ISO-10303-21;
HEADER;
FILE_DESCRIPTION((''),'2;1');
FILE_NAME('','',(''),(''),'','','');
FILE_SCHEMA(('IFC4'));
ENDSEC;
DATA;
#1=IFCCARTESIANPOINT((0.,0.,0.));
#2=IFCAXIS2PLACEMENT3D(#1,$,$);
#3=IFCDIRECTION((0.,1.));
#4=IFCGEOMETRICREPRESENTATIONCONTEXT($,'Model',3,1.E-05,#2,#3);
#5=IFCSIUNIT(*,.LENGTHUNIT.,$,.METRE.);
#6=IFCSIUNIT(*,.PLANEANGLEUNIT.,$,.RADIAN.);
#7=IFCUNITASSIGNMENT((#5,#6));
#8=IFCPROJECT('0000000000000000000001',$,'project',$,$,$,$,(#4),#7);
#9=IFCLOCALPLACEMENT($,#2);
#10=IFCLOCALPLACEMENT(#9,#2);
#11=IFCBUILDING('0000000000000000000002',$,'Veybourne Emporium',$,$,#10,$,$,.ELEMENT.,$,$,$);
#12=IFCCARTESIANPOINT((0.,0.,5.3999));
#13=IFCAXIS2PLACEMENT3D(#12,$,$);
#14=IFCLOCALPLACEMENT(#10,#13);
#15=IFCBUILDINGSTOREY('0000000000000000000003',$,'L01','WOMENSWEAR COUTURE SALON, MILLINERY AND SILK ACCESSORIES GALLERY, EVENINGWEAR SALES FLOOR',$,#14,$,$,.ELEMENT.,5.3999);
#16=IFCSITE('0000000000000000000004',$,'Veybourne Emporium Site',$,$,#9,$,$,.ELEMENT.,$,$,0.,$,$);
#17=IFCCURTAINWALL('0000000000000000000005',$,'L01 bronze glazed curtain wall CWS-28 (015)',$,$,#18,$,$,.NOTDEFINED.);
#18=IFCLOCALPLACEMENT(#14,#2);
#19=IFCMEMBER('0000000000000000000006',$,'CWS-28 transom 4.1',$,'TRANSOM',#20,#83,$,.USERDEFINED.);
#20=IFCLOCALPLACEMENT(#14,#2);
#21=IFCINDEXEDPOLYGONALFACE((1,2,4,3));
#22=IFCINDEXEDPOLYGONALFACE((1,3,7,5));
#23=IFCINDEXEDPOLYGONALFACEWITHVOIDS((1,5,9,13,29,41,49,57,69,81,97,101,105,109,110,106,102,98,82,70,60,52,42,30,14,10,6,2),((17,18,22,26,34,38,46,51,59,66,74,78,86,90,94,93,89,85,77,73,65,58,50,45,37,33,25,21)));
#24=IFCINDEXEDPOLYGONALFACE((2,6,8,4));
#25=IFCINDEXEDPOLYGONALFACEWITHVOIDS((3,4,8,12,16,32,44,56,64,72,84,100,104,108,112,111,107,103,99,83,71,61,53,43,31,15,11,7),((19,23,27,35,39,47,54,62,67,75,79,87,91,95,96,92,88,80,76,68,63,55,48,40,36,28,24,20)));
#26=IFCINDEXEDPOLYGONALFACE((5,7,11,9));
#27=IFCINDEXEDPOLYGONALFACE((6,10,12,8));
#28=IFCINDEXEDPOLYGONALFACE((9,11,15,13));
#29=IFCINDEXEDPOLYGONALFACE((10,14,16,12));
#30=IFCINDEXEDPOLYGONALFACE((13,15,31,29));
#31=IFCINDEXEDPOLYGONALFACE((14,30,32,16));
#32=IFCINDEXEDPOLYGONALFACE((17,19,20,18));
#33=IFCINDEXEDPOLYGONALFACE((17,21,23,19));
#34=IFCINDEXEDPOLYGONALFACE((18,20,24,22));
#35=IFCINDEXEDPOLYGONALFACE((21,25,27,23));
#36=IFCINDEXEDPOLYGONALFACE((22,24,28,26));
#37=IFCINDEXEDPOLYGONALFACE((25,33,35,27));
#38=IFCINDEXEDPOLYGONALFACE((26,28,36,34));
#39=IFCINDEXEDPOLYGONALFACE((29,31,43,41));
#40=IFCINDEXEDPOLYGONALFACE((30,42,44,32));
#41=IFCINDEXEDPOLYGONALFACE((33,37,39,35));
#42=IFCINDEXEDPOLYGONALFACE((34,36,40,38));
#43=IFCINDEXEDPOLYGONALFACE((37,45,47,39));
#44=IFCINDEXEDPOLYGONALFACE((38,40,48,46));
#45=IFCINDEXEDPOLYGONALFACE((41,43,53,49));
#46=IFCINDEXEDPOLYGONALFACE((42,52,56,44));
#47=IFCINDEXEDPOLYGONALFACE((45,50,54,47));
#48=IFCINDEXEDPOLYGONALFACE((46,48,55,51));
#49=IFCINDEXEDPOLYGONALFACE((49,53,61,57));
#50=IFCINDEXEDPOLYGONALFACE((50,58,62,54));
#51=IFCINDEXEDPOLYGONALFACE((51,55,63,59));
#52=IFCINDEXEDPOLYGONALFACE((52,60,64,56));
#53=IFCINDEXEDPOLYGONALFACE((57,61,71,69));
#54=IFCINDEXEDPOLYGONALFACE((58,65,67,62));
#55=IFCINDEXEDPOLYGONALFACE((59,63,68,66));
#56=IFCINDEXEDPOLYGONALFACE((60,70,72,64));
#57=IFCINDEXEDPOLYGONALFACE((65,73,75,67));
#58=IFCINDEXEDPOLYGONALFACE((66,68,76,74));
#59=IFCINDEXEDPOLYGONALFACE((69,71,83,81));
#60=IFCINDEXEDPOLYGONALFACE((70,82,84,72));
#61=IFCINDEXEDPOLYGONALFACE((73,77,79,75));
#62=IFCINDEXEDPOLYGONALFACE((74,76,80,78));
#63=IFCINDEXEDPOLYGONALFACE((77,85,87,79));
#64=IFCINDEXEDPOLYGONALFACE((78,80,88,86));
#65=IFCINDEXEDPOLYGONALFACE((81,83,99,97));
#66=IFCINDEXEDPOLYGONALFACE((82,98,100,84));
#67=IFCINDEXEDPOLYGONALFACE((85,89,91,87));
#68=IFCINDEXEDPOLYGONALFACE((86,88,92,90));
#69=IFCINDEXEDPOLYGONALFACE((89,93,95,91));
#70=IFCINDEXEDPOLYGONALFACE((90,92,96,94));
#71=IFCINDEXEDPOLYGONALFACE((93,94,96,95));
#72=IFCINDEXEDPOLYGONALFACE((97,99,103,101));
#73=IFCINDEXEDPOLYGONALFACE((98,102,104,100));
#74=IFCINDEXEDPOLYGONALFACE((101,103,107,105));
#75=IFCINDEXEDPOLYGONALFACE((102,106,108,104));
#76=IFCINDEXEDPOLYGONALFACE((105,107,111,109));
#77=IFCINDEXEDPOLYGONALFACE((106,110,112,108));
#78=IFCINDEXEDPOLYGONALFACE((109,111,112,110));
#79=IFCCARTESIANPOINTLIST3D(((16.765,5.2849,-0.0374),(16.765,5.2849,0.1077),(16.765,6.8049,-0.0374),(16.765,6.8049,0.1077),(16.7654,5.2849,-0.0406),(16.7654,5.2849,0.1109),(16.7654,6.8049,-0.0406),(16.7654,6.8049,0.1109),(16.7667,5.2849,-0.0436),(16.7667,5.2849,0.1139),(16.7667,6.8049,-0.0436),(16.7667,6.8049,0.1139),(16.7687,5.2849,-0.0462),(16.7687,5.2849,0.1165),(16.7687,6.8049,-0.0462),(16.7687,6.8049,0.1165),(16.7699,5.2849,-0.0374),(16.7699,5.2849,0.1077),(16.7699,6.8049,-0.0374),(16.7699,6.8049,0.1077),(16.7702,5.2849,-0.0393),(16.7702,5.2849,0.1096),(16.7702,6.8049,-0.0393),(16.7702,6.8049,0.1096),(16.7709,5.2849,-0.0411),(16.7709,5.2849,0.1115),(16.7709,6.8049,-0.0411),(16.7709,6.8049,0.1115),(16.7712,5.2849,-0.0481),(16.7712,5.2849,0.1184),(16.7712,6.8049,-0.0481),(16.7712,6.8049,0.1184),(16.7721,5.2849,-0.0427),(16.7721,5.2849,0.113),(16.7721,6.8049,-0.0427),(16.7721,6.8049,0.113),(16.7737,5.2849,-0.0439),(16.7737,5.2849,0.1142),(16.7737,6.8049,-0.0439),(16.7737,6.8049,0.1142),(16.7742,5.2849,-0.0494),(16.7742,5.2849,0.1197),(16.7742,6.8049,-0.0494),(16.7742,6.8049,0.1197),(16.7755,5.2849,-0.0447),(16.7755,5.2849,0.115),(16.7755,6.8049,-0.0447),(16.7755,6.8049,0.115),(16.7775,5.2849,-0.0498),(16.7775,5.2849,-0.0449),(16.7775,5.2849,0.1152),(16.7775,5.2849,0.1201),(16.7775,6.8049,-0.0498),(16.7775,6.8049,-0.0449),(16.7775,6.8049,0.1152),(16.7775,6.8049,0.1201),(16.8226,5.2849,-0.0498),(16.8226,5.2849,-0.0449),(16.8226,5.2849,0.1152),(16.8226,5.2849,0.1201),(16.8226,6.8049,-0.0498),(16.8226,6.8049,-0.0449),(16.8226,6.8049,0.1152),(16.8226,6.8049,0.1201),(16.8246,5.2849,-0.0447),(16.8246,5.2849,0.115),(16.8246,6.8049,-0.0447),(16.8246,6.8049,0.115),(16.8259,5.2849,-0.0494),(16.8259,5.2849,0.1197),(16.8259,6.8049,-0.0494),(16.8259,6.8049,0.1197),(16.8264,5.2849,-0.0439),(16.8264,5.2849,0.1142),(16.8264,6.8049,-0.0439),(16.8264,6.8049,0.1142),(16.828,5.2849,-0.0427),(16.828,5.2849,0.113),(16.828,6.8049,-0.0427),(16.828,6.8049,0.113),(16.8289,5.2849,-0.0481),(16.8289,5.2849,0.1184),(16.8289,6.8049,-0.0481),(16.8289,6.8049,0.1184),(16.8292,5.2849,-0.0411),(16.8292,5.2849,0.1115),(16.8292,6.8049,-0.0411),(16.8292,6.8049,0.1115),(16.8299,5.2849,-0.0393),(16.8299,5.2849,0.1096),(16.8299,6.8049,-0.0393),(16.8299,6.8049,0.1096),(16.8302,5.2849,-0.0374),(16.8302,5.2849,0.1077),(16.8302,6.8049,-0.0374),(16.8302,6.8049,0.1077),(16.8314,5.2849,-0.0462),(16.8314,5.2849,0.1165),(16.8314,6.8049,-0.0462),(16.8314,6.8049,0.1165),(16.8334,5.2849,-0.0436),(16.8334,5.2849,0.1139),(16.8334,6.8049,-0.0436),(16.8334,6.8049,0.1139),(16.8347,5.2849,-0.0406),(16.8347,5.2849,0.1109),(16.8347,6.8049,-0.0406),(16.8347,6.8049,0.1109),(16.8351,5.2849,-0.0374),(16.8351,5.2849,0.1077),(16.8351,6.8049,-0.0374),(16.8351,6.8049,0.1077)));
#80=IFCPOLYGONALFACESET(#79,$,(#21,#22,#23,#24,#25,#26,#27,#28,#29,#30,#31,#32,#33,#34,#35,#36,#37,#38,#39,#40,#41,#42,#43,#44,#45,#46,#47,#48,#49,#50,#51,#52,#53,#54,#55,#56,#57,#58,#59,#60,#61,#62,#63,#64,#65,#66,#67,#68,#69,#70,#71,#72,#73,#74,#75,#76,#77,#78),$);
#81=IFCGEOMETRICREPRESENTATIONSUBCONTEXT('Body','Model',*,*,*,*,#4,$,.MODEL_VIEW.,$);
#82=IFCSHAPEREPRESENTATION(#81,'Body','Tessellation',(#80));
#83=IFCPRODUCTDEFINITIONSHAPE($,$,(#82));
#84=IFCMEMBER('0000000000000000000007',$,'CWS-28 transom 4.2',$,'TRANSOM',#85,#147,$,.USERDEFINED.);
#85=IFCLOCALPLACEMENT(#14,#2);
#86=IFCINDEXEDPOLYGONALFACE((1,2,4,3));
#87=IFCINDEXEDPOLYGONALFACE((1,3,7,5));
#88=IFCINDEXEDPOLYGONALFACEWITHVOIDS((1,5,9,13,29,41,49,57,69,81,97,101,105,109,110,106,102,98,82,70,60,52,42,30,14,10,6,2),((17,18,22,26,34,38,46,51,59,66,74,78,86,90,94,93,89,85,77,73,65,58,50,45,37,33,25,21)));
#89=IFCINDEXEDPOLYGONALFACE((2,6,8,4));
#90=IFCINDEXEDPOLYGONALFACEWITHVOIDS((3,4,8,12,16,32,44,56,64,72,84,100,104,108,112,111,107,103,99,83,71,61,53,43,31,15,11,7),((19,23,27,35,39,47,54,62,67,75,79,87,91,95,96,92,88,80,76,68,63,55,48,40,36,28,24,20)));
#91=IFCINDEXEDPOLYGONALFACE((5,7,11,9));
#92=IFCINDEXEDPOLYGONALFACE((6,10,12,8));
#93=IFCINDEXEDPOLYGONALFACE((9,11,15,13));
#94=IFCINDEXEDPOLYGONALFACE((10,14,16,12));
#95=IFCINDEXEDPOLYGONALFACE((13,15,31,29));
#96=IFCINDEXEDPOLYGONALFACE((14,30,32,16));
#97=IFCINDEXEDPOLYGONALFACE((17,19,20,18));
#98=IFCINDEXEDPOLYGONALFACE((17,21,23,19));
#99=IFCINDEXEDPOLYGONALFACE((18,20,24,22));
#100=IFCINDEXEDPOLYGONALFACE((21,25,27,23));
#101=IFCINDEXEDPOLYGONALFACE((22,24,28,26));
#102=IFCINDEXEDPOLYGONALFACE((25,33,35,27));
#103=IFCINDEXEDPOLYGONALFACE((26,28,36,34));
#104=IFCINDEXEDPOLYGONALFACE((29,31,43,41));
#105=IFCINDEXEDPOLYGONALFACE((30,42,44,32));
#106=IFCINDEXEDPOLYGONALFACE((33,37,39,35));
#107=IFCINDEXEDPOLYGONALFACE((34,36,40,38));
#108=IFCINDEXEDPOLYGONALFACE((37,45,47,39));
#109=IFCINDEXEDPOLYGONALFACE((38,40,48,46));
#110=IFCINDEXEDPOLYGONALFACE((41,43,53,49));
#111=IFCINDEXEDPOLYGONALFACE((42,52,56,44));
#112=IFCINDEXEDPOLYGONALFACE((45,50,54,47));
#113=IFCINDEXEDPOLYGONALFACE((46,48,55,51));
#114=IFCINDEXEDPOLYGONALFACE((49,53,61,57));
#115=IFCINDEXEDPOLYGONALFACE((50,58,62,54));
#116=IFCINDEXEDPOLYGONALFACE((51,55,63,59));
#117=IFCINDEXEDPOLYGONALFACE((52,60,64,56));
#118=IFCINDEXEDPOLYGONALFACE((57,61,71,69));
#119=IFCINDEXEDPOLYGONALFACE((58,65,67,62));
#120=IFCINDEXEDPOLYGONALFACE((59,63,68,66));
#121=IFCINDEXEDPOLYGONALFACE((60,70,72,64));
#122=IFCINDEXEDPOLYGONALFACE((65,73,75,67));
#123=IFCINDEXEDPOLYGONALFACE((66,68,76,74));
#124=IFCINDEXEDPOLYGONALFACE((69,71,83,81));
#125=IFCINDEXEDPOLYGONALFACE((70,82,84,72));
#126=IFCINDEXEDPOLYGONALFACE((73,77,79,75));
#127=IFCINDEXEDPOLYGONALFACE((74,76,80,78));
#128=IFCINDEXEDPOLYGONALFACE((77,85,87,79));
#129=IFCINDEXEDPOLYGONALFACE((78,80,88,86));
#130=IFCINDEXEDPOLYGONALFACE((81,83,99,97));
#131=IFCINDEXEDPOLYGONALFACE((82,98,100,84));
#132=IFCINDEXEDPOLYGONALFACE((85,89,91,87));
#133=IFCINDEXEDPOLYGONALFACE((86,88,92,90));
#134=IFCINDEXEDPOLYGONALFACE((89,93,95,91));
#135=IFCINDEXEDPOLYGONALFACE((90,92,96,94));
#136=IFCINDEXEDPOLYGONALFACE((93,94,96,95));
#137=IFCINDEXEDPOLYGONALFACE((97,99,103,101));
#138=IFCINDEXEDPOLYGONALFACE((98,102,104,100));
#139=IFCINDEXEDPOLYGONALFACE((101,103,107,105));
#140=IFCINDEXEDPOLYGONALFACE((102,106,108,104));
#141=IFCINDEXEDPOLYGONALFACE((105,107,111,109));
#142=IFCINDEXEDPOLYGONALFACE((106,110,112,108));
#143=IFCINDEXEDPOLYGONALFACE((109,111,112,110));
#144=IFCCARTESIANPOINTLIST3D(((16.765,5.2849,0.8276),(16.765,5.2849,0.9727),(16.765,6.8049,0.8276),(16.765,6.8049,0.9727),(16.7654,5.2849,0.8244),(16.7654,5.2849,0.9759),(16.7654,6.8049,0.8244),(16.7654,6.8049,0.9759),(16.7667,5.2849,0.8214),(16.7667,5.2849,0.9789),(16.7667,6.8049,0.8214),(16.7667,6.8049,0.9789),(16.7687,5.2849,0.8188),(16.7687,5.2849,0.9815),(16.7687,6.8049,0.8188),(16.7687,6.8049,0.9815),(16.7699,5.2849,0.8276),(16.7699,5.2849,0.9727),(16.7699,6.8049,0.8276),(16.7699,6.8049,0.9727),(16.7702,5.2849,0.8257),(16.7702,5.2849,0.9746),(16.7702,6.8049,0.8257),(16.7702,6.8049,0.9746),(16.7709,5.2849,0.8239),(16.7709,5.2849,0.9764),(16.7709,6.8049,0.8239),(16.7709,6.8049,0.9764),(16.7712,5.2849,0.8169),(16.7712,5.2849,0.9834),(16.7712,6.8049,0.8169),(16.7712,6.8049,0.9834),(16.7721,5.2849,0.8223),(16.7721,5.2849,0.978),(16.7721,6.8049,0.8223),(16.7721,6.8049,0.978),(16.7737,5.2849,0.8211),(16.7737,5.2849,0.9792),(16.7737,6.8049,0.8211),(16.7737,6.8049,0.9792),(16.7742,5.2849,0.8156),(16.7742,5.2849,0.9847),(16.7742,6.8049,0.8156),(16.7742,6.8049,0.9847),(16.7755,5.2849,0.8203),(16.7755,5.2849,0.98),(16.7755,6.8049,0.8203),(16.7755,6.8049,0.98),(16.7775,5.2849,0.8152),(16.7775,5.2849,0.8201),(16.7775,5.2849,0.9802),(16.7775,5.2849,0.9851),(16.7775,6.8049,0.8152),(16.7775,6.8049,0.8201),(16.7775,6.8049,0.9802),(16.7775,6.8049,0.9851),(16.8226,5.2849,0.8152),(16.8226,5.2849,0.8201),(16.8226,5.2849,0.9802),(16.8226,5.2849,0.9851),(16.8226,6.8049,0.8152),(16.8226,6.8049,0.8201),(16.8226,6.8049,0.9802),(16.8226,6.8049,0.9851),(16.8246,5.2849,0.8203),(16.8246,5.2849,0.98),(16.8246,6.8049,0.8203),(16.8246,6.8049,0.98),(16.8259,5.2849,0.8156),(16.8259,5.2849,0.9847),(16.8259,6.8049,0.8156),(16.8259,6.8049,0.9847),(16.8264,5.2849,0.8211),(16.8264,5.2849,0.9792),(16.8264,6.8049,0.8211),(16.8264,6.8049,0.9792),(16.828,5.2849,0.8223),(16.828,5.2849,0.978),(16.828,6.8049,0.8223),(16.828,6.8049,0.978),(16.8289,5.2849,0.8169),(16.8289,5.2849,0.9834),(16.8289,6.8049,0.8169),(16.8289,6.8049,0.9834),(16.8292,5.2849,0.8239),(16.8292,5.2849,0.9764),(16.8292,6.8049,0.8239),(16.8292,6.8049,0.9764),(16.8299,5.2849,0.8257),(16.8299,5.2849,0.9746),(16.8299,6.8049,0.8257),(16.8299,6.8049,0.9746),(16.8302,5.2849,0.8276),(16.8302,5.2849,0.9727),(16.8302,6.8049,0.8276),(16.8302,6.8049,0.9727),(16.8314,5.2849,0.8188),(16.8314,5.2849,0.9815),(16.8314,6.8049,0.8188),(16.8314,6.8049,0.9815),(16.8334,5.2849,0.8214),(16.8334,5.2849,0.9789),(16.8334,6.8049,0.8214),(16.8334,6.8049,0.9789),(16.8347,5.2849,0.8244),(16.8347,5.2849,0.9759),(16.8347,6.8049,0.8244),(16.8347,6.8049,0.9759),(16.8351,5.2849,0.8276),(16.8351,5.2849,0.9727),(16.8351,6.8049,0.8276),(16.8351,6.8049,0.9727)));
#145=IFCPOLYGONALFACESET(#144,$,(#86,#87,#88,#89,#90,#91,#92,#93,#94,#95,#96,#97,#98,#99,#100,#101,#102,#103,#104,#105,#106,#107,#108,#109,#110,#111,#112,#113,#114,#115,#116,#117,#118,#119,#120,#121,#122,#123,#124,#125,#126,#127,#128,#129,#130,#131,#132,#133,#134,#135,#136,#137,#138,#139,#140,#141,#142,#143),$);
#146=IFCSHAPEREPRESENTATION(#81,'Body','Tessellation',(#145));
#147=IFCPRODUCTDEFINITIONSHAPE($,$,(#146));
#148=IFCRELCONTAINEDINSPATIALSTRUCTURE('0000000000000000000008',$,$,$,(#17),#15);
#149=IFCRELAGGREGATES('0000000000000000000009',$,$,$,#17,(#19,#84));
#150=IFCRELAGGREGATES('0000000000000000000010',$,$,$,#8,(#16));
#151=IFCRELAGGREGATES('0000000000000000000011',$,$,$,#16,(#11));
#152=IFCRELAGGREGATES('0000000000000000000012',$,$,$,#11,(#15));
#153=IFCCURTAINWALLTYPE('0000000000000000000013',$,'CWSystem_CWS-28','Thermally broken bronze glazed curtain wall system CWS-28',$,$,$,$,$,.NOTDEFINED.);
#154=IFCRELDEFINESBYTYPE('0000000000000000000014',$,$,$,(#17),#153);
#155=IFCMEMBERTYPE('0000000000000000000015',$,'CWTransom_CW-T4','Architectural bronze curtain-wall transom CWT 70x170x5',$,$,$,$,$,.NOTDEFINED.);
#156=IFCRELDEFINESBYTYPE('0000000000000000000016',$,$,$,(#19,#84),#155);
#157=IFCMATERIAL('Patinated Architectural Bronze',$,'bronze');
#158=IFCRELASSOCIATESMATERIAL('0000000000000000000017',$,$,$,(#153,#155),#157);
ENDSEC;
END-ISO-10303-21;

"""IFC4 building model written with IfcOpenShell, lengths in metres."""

from ifc_helpers import new_model, si_unit, direction, frame, origin, origin_2d, place, context, subcontext, project, spatial, hollow_rectangle, extrude, material, material_profile, profile_set, type_object, element, aggregate, save


model = new_model("IFC4")

# Units and contexts
model_context = context("Model", 3, precision=1e-05, world=origin(), true_north=direction((0.0, 1.0)))
body_context = subcontext(model_context, "Body", "Model", "MODEL_VIEW")
ifc_project = project(units=[si_unit("LENGTHUNIT", "METRE"), si_unit("PLANEANGLEUNIT", "RADIAN")], contexts=[model_context])

# Site, building, storey
site_placement = place(None, origin())
site = spatial("IfcSite", under=ifc_project, at=site_placement, Name="Veybourne Emporium Site", CompositionType="ELEMENT", RefElevation=0.0)
building_placement = place(site_placement, origin())
building = spatial("IfcBuilding", under=site, at=building_placement, Name="Veybourne Emporium", CompositionType="ELEMENT")
storey_placement = place(building_placement, frame((0.0, 0.0, 5.3999)))
storey = spatial("IfcBuildingStorey", under=building, at=storey_placement, Name="L01", Description="WOMENSWEAR COUTURE SALON, MILLINERY AND SILK ACCESSORIES GALLERY, EVENINGWEAR SALES FLOOR", CompositionType="ELEMENT", Elevation=5.3999)

# Curtain wall, members
ifc_material_1 = material(Name="Patinated Architectural Bronze", Category="bronze")
curtain_wall_type = type_object("IfcCurtainWallType", Name="CWSystem_CWS-28", Description="Thermally broken bronze glazed curtain wall system CWS-28", PredefinedType="NOTDEFINED", material=ifc_material_1)
curtain_wall_placement = place(storey_placement, origin())
curtain_wall = element("IfcCurtainWall", 1, at=curtain_wall_placement, inside=storey, type_object=curtain_wall_type, Name="L01 bronze glazed curtain wall CWS-28 (015)", PredefinedType="NOTDEFINED")
ifc_material_profile_1 = material_profile(ifc_material_1, hollow_rectangle(XDim=0.0701, YDim=0.1699, WallThickness=0.0049, InnerFilletRadius=0.0076, OuterFilletRadius=0.0125, at=origin_2d()), Name="CWT 70x170x5")
ifc_profile_set_1 = profile_set([ifc_material_profile_1], Name="Patinated Architectural Bronze")
member_type_1 = type_object("IfcMemberType", Name="CWTransom_CW-T4", Description="Architectural bronze curtain-wall transom CWT 70x170x5", PredefinedType="NOTDEFINED", material=ifc_profile_set_1)
member_1_placement = place(storey_placement, frame((16.8, 5.2849, 0.0352), z_axis=(0.0, 1.0, 0.0), x_axis=(-1.0, 0.0, 0.0)))
member_1 = element("IfcMember", 2, at=member_1_placement, type_object=member_type_1, Name="CWS-28 transom 4.1", ObjectType="TRANSOM", PredefinedType="USERDEFINED", context=body_context, shape_type="SweptSolid", body=[
    extrude(hollow_rectangle(XDim=0.0701, YDim=0.1699, WallThickness=0.0049, InnerFilletRadius=0.0076, OuterFilletRadius=0.0125, at=origin_2d()), origin(), (0.0, 0.0, 1.0), 1.52),
])
member_2_placement = place(storey_placement, frame((16.8, 5.2849, 0.9001), z_axis=(0.0, 1.0, 0.0), x_axis=(-1.0, 0.0, 0.0)))
member_2 = element("IfcMember", 3, at=member_2_placement, type_object=member_type_1, Name="CWS-28 transom 4.2", ObjectType="TRANSOM", PredefinedType="USERDEFINED", context=body_context, shape_type="SweptSolid", body=[
    extrude(hollow_rectangle(XDim=0.0701, YDim=0.1699, WallThickness=0.0049, InnerFilletRadius=0.0076, OuterFilletRadius=0.0125, at=origin_2d()), origin(), (0.0, 0.0, 1.0), 1.52),
])

aggregate(curtain_wall, [member_1, member_2])

save(model, "model.ifc")
